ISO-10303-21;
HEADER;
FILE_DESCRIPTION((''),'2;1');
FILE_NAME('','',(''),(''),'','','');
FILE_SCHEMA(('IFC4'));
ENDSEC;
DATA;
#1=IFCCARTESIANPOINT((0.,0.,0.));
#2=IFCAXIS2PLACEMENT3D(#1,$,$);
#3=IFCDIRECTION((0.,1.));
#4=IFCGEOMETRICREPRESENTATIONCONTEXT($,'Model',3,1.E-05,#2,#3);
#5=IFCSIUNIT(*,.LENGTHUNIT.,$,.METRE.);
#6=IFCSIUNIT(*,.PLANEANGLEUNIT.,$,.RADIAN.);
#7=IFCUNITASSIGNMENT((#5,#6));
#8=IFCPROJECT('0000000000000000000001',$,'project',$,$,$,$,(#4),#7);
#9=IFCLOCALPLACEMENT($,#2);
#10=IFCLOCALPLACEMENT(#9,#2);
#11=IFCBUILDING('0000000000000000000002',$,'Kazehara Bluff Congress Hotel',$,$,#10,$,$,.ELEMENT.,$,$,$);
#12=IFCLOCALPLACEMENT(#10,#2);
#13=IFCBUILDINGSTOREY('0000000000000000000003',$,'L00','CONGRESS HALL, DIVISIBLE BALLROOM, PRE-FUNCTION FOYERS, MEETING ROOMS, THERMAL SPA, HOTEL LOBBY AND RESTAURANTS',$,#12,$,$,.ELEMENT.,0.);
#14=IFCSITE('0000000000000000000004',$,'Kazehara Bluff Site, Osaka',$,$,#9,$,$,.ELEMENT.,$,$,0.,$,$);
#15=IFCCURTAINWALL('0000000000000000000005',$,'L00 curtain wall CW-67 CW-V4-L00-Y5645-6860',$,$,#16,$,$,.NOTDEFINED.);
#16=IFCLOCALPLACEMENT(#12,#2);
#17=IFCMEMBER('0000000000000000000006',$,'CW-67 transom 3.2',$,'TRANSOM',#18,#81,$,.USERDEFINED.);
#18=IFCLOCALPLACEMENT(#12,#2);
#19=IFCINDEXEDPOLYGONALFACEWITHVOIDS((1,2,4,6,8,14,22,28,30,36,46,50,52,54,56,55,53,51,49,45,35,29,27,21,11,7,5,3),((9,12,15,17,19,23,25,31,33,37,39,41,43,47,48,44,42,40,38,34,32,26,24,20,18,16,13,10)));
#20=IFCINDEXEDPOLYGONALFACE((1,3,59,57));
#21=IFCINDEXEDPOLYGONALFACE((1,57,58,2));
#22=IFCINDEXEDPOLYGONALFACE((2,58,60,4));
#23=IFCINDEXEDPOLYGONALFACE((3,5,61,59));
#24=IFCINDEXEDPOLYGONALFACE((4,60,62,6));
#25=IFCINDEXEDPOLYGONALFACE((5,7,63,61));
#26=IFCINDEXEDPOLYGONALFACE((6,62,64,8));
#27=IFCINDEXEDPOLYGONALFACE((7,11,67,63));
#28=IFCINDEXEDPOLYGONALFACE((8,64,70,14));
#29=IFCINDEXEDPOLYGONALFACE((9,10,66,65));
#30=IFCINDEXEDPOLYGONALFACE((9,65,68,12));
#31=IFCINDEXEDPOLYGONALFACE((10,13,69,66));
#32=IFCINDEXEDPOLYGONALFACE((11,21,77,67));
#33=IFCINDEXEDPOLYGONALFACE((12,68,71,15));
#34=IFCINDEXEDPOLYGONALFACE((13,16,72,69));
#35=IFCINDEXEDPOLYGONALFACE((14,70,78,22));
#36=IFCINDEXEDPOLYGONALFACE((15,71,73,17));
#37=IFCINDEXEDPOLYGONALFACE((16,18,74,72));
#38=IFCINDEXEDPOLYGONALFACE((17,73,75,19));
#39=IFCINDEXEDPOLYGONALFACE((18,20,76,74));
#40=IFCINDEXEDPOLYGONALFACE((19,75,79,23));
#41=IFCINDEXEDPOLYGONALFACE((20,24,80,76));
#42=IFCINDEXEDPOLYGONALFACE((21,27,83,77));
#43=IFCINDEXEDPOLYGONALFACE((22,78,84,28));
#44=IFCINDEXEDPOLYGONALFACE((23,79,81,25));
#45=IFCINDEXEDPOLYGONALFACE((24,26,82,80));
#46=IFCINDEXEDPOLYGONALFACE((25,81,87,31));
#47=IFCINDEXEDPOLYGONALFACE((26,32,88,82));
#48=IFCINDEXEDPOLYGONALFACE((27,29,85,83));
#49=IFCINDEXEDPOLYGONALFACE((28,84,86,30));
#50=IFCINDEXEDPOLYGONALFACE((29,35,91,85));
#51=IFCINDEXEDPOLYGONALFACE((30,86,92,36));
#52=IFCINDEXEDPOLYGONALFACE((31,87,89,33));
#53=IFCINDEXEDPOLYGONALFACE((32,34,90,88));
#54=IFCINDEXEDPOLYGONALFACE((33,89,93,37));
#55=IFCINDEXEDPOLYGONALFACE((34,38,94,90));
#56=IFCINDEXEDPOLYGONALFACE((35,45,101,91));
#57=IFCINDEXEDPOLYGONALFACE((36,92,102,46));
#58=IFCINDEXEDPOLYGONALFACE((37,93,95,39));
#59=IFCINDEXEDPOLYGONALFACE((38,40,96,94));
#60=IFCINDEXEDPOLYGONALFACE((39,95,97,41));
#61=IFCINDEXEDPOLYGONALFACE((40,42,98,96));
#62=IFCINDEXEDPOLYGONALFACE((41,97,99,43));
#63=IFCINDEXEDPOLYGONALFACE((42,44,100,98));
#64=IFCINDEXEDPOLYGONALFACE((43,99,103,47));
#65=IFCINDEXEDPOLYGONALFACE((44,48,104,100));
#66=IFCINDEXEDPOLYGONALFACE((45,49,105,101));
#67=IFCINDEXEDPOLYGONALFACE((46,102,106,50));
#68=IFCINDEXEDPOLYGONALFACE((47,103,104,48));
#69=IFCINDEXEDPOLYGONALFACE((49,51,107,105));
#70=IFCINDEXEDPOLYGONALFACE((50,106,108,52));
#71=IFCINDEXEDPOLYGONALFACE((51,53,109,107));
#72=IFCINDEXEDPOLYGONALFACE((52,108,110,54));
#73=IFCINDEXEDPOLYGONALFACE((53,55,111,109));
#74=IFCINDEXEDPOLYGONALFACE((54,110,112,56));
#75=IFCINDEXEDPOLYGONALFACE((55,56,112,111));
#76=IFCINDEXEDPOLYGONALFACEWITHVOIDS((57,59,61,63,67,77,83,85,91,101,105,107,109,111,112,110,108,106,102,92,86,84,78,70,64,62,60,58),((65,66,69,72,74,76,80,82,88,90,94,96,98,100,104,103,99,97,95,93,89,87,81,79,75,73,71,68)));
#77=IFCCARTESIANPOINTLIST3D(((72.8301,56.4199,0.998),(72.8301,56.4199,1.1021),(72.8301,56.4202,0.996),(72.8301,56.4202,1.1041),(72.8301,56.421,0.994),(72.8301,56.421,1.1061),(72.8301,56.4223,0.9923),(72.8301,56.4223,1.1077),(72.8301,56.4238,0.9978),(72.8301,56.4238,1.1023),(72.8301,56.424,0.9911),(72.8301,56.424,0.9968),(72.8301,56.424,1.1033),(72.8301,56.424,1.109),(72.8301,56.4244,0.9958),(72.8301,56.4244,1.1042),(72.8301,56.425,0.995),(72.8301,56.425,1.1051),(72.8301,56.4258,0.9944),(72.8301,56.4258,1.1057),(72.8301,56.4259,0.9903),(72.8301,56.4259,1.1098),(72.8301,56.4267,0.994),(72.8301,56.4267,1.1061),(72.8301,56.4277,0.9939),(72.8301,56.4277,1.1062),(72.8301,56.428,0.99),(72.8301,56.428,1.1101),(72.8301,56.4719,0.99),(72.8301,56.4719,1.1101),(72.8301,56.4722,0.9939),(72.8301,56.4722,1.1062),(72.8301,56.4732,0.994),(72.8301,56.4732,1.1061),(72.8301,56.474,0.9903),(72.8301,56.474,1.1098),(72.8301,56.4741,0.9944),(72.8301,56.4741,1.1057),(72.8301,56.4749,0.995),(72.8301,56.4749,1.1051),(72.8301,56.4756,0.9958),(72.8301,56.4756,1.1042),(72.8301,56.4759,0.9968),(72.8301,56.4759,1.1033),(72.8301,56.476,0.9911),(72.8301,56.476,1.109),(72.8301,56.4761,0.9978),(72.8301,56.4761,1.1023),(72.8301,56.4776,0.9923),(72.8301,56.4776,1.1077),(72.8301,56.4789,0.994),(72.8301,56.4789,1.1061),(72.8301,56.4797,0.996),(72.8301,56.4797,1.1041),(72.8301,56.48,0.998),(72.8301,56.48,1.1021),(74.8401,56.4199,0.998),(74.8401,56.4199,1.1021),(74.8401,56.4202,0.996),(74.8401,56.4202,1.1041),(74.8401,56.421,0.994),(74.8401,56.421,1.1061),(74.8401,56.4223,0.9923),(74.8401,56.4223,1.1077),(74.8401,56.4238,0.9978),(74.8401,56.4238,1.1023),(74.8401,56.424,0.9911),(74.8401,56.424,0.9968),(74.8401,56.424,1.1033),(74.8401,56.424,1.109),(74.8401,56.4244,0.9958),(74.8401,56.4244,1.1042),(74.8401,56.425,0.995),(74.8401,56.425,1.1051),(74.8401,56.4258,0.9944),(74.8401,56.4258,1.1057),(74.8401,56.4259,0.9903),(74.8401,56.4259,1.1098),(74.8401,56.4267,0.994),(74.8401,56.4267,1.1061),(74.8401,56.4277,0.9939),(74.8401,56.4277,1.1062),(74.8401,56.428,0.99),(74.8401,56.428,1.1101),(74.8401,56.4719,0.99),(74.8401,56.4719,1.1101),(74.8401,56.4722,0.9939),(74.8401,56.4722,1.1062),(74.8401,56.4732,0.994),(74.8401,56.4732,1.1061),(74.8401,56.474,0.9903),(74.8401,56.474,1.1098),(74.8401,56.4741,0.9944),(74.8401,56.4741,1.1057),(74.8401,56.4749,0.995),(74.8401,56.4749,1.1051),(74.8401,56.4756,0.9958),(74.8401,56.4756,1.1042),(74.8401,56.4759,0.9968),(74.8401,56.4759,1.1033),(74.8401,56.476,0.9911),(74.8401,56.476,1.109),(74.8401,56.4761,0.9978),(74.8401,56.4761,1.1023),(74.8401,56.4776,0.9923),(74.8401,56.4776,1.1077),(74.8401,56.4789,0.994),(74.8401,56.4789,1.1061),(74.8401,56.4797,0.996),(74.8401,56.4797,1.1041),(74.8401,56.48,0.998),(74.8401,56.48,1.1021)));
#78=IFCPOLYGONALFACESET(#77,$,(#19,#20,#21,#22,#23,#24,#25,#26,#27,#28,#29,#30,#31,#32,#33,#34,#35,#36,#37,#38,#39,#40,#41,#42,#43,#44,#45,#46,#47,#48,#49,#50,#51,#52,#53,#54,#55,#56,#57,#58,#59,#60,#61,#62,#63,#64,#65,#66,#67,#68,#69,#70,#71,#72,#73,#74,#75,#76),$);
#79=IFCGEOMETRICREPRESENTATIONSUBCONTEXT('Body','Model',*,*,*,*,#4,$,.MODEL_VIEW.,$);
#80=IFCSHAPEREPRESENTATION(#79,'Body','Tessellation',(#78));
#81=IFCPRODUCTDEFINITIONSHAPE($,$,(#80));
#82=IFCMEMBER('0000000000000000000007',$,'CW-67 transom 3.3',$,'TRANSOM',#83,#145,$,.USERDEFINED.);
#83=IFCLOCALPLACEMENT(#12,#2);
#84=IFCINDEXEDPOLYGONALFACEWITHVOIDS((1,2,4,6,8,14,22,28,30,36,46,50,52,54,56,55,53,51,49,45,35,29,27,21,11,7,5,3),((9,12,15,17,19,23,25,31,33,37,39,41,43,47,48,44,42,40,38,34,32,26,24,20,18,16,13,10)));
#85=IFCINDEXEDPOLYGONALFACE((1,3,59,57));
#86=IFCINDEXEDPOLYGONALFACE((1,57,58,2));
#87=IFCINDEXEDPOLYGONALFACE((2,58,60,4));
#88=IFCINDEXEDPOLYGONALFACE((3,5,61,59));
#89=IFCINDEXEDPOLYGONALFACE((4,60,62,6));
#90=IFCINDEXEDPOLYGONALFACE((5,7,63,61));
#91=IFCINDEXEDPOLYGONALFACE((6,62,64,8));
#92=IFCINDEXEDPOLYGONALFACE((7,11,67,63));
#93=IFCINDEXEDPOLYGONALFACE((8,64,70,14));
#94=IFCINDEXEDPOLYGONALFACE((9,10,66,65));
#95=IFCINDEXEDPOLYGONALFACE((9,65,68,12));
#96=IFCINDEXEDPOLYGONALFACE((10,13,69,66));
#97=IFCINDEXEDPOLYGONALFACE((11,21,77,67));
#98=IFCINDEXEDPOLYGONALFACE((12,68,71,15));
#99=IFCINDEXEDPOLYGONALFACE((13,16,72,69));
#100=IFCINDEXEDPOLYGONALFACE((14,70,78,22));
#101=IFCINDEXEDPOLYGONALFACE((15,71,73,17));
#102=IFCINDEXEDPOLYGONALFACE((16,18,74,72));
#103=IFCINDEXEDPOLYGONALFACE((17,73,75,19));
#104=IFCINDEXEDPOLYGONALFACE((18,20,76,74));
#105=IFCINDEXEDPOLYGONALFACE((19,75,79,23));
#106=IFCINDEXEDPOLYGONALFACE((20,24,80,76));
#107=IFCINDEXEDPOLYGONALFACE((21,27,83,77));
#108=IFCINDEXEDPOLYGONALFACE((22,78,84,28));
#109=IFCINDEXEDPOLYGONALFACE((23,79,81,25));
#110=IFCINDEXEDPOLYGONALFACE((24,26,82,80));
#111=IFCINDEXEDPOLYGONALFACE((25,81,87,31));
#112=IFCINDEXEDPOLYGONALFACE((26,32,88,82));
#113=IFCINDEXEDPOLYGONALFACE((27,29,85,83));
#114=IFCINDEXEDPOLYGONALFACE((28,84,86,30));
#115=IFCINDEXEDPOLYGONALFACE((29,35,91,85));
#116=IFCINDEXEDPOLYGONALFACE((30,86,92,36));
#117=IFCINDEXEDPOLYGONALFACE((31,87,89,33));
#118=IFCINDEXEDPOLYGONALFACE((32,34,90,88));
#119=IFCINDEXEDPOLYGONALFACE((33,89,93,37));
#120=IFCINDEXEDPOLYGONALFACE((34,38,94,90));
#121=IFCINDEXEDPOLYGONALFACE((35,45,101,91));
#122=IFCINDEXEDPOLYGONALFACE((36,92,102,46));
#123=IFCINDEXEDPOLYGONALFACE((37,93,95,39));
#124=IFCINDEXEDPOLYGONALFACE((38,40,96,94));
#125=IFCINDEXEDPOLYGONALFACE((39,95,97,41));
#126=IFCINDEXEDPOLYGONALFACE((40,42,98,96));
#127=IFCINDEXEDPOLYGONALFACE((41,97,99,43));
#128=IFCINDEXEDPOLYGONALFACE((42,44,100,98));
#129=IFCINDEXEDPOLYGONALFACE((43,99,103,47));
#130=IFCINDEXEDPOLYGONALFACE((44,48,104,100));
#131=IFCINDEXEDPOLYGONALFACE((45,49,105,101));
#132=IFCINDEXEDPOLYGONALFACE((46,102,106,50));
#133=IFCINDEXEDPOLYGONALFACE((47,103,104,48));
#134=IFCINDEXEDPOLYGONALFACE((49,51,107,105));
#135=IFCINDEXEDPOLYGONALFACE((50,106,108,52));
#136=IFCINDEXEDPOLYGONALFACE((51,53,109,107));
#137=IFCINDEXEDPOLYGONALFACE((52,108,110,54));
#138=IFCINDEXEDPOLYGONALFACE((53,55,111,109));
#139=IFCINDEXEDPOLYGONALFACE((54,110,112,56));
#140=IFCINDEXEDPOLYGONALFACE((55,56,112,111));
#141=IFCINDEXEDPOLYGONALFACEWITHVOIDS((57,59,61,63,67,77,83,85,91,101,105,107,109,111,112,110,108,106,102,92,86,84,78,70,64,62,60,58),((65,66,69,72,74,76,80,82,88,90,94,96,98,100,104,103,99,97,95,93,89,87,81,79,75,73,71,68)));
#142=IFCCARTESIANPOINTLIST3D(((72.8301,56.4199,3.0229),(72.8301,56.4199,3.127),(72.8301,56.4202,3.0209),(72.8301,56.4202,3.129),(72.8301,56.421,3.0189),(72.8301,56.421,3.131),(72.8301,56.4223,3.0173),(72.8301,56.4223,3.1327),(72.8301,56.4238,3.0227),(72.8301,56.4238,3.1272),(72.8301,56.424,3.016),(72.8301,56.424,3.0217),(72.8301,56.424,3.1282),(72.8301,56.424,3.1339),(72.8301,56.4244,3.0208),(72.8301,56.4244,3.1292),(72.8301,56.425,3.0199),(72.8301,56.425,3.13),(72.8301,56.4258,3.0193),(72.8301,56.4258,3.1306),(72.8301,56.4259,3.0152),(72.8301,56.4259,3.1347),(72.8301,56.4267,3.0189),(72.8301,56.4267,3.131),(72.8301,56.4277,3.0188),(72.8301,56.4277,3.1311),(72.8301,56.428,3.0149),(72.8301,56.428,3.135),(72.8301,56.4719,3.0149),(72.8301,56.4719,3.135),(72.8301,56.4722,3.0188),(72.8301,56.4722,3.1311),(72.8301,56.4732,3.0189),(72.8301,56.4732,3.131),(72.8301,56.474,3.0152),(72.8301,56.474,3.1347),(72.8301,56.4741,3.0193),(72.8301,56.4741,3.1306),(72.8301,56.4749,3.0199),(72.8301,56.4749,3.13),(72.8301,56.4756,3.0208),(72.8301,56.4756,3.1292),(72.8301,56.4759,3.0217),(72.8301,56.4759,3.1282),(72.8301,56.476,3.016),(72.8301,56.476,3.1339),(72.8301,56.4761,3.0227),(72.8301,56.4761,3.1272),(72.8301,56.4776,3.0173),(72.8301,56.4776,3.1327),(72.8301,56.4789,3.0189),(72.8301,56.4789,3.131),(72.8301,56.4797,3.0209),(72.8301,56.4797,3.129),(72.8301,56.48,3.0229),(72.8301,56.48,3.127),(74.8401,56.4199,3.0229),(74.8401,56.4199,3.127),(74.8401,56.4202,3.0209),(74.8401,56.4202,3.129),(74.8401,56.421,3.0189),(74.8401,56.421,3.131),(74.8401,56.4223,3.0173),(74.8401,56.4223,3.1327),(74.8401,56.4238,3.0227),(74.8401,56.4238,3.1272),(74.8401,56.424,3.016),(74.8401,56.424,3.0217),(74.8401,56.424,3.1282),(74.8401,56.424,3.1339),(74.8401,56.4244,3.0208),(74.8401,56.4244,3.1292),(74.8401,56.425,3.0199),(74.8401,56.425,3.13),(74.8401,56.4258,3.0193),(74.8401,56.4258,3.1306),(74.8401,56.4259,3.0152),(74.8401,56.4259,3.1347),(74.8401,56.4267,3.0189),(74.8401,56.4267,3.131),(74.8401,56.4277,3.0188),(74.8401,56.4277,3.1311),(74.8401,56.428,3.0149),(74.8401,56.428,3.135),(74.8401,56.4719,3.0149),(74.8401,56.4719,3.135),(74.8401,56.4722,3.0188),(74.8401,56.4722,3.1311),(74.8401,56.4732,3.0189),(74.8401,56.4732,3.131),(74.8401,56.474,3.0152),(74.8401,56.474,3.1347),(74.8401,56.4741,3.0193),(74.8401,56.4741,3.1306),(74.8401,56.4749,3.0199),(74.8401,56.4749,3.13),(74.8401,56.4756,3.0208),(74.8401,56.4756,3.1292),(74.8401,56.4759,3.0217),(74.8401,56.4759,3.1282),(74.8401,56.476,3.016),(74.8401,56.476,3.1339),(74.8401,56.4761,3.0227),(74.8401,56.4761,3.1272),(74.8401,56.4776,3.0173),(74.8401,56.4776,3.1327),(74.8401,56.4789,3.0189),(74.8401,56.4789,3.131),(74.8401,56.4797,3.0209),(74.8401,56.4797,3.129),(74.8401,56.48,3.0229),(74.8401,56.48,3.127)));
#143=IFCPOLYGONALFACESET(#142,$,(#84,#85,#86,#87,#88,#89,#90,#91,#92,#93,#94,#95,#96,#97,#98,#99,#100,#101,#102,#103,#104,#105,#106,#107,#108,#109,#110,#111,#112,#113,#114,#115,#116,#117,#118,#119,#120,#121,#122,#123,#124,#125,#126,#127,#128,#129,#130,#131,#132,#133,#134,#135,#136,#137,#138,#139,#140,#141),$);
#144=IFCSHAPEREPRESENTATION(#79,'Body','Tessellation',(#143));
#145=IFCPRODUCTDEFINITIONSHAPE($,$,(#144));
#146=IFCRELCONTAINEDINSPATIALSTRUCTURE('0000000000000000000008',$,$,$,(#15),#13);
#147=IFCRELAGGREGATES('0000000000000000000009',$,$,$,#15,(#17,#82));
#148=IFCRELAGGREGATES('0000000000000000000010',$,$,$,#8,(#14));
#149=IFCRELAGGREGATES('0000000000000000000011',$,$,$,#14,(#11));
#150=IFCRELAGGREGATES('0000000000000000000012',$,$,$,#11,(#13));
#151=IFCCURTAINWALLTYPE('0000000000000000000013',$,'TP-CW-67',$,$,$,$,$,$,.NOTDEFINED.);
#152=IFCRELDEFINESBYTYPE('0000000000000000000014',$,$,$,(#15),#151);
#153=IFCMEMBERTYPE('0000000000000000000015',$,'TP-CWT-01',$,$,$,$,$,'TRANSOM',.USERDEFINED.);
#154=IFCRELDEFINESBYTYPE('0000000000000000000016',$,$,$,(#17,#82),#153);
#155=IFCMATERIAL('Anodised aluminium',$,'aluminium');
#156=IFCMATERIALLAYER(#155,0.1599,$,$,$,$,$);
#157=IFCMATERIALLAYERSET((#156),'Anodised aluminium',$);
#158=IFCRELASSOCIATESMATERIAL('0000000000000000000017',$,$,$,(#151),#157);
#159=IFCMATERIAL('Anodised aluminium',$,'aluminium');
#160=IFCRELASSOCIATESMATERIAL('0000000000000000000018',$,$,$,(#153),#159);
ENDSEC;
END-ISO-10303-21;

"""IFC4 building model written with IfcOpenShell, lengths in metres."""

from ifc_helpers import new_model, si_unit, direction, frame, origin, origin_2d, place, context, subcontext, project, spatial, hollow_rectangle, extrude, material, layer, layer_set, material_profile, profile_set, type_object, element, aggregate, save


model = new_model("IFC4")

# Units and contexts
model_context = context("Model", 3, precision=1e-05, world=origin(), true_north=direction((0.0, 1.0)))
body_context = subcontext(model_context, "Body", "Model", "MODEL_VIEW")
ifc_project = project(units=[si_unit("LENGTHUNIT", "METRE"), si_unit("PLANEANGLEUNIT", "RADIAN")], contexts=[model_context])

# Site, building, storey
site_placement = place(None, origin())
site = spatial("IfcSite", under=ifc_project, at=site_placement, Name="Kazehara Bluff Site, Osaka", CompositionType="ELEMENT", RefElevation=0.0)
building_placement = place(site_placement, origin())
building = spatial("IfcBuilding", under=site, at=building_placement, Name="Kazehara Bluff Congress Hotel", CompositionType="ELEMENT")
storey_placement = place(building_placement, origin())
storey = spatial("IfcBuildingStorey", under=building, at=storey_placement, Name="L00", Description="CONGRESS HALL, DIVISIBLE BALLROOM, PRE-FUNCTION FOYERS, MEETING ROOMS, THERMAL SPA, HOTEL LOBBY AND RESTAURANTS", CompositionType="ELEMENT", Elevation=0.0)

# Curtain wall
ifc_material_1 = material(Name="Anodised aluminium", Category="aluminium")
ifc_layer_1 = layer(ifc_material_1, 0.1599)
ifc_layer_set_1 = layer_set([ifc_layer_1], Name="Anodised aluminium")
curtain_wall_type_1 = type_object("IfcCurtainWallType", Name="TP-CW-67", PredefinedType="NOTDEFINED", material=ifc_layer_set_1)
curtain_wall_1_placement = place(storey_placement, origin())
curtain_wall_1 = element("IfcCurtainWall", 1, at=curtain_wall_1_placement, inside=storey, type_object=curtain_wall_type_1, Name="L00 curtain wall CW-67 CW-V4-L00-Y5645-6860", PredefinedType="NOTDEFINED")

# Members
ifc_material_2 = material(Name="Anodised aluminium", Category="aluminium")
ifc_material_profile_1 = material_profile(ifc_material_2, hollow_rectangle(XDim=0.0601, YDim=0.1201, WallThickness=0.0039, InnerFilletRadius=0.0039, OuterFilletRadius=0.0081, at=origin_2d()))
ifc_profile_set_1 = profile_set([ifc_material_profile_1], Name="Anodised aluminium")
member_type_1 = type_object("IfcMemberType", Name="TP-CWT-01", ElementType="TRANSOM", PredefinedType="USERDEFINED", material=ifc_profile_set_1)
member_1_placement = place(storey_placement, frame((72.8301, 56.45, 1.05), z_axis=(1.0, 0.0, 0.0), x_axis=(0.0, 1.0, 0.0)))
member_1 = element("IfcMember", 2, at=member_1_placement, type_object=member_type_1, Name="CW-67 transom 3.2", ObjectType="TRANSOM", PredefinedType="USERDEFINED", context=body_context, shape_type="SweptSolid", body=[
    extrude(hollow_rectangle(XDim=0.0601, YDim=0.1201, WallThickness=0.0039, InnerFilletRadius=0.0039, OuterFilletRadius=0.0081, at=origin_2d()), origin(), (0.0, 0.0, 1.0), 2.01),
])
member_2_placement = place(storey_placement, frame((72.8301, 56.45, 3.075), z_axis=(1.0, 0.0, 0.0), x_axis=(0.0, 1.0, 0.0)))
member_2 = element("IfcMember", 3, at=member_2_placement, type_object=member_type_1, Name="CW-67 transom 3.3", ObjectType="TRANSOM", PredefinedType="USERDEFINED", context=body_context, shape_type="SweptSolid", body=[
    extrude(hollow_rectangle(XDim=0.0601, YDim=0.1201, WallThickness=0.0039, InnerFilletRadius=0.0039, OuterFilletRadius=0.0081, at=origin_2d()), origin(), (0.0, 0.0, 1.0), 2.01),
])

aggregate(curtain_wall_1, [member_1, member_2])

save(model, "model.ifc")
